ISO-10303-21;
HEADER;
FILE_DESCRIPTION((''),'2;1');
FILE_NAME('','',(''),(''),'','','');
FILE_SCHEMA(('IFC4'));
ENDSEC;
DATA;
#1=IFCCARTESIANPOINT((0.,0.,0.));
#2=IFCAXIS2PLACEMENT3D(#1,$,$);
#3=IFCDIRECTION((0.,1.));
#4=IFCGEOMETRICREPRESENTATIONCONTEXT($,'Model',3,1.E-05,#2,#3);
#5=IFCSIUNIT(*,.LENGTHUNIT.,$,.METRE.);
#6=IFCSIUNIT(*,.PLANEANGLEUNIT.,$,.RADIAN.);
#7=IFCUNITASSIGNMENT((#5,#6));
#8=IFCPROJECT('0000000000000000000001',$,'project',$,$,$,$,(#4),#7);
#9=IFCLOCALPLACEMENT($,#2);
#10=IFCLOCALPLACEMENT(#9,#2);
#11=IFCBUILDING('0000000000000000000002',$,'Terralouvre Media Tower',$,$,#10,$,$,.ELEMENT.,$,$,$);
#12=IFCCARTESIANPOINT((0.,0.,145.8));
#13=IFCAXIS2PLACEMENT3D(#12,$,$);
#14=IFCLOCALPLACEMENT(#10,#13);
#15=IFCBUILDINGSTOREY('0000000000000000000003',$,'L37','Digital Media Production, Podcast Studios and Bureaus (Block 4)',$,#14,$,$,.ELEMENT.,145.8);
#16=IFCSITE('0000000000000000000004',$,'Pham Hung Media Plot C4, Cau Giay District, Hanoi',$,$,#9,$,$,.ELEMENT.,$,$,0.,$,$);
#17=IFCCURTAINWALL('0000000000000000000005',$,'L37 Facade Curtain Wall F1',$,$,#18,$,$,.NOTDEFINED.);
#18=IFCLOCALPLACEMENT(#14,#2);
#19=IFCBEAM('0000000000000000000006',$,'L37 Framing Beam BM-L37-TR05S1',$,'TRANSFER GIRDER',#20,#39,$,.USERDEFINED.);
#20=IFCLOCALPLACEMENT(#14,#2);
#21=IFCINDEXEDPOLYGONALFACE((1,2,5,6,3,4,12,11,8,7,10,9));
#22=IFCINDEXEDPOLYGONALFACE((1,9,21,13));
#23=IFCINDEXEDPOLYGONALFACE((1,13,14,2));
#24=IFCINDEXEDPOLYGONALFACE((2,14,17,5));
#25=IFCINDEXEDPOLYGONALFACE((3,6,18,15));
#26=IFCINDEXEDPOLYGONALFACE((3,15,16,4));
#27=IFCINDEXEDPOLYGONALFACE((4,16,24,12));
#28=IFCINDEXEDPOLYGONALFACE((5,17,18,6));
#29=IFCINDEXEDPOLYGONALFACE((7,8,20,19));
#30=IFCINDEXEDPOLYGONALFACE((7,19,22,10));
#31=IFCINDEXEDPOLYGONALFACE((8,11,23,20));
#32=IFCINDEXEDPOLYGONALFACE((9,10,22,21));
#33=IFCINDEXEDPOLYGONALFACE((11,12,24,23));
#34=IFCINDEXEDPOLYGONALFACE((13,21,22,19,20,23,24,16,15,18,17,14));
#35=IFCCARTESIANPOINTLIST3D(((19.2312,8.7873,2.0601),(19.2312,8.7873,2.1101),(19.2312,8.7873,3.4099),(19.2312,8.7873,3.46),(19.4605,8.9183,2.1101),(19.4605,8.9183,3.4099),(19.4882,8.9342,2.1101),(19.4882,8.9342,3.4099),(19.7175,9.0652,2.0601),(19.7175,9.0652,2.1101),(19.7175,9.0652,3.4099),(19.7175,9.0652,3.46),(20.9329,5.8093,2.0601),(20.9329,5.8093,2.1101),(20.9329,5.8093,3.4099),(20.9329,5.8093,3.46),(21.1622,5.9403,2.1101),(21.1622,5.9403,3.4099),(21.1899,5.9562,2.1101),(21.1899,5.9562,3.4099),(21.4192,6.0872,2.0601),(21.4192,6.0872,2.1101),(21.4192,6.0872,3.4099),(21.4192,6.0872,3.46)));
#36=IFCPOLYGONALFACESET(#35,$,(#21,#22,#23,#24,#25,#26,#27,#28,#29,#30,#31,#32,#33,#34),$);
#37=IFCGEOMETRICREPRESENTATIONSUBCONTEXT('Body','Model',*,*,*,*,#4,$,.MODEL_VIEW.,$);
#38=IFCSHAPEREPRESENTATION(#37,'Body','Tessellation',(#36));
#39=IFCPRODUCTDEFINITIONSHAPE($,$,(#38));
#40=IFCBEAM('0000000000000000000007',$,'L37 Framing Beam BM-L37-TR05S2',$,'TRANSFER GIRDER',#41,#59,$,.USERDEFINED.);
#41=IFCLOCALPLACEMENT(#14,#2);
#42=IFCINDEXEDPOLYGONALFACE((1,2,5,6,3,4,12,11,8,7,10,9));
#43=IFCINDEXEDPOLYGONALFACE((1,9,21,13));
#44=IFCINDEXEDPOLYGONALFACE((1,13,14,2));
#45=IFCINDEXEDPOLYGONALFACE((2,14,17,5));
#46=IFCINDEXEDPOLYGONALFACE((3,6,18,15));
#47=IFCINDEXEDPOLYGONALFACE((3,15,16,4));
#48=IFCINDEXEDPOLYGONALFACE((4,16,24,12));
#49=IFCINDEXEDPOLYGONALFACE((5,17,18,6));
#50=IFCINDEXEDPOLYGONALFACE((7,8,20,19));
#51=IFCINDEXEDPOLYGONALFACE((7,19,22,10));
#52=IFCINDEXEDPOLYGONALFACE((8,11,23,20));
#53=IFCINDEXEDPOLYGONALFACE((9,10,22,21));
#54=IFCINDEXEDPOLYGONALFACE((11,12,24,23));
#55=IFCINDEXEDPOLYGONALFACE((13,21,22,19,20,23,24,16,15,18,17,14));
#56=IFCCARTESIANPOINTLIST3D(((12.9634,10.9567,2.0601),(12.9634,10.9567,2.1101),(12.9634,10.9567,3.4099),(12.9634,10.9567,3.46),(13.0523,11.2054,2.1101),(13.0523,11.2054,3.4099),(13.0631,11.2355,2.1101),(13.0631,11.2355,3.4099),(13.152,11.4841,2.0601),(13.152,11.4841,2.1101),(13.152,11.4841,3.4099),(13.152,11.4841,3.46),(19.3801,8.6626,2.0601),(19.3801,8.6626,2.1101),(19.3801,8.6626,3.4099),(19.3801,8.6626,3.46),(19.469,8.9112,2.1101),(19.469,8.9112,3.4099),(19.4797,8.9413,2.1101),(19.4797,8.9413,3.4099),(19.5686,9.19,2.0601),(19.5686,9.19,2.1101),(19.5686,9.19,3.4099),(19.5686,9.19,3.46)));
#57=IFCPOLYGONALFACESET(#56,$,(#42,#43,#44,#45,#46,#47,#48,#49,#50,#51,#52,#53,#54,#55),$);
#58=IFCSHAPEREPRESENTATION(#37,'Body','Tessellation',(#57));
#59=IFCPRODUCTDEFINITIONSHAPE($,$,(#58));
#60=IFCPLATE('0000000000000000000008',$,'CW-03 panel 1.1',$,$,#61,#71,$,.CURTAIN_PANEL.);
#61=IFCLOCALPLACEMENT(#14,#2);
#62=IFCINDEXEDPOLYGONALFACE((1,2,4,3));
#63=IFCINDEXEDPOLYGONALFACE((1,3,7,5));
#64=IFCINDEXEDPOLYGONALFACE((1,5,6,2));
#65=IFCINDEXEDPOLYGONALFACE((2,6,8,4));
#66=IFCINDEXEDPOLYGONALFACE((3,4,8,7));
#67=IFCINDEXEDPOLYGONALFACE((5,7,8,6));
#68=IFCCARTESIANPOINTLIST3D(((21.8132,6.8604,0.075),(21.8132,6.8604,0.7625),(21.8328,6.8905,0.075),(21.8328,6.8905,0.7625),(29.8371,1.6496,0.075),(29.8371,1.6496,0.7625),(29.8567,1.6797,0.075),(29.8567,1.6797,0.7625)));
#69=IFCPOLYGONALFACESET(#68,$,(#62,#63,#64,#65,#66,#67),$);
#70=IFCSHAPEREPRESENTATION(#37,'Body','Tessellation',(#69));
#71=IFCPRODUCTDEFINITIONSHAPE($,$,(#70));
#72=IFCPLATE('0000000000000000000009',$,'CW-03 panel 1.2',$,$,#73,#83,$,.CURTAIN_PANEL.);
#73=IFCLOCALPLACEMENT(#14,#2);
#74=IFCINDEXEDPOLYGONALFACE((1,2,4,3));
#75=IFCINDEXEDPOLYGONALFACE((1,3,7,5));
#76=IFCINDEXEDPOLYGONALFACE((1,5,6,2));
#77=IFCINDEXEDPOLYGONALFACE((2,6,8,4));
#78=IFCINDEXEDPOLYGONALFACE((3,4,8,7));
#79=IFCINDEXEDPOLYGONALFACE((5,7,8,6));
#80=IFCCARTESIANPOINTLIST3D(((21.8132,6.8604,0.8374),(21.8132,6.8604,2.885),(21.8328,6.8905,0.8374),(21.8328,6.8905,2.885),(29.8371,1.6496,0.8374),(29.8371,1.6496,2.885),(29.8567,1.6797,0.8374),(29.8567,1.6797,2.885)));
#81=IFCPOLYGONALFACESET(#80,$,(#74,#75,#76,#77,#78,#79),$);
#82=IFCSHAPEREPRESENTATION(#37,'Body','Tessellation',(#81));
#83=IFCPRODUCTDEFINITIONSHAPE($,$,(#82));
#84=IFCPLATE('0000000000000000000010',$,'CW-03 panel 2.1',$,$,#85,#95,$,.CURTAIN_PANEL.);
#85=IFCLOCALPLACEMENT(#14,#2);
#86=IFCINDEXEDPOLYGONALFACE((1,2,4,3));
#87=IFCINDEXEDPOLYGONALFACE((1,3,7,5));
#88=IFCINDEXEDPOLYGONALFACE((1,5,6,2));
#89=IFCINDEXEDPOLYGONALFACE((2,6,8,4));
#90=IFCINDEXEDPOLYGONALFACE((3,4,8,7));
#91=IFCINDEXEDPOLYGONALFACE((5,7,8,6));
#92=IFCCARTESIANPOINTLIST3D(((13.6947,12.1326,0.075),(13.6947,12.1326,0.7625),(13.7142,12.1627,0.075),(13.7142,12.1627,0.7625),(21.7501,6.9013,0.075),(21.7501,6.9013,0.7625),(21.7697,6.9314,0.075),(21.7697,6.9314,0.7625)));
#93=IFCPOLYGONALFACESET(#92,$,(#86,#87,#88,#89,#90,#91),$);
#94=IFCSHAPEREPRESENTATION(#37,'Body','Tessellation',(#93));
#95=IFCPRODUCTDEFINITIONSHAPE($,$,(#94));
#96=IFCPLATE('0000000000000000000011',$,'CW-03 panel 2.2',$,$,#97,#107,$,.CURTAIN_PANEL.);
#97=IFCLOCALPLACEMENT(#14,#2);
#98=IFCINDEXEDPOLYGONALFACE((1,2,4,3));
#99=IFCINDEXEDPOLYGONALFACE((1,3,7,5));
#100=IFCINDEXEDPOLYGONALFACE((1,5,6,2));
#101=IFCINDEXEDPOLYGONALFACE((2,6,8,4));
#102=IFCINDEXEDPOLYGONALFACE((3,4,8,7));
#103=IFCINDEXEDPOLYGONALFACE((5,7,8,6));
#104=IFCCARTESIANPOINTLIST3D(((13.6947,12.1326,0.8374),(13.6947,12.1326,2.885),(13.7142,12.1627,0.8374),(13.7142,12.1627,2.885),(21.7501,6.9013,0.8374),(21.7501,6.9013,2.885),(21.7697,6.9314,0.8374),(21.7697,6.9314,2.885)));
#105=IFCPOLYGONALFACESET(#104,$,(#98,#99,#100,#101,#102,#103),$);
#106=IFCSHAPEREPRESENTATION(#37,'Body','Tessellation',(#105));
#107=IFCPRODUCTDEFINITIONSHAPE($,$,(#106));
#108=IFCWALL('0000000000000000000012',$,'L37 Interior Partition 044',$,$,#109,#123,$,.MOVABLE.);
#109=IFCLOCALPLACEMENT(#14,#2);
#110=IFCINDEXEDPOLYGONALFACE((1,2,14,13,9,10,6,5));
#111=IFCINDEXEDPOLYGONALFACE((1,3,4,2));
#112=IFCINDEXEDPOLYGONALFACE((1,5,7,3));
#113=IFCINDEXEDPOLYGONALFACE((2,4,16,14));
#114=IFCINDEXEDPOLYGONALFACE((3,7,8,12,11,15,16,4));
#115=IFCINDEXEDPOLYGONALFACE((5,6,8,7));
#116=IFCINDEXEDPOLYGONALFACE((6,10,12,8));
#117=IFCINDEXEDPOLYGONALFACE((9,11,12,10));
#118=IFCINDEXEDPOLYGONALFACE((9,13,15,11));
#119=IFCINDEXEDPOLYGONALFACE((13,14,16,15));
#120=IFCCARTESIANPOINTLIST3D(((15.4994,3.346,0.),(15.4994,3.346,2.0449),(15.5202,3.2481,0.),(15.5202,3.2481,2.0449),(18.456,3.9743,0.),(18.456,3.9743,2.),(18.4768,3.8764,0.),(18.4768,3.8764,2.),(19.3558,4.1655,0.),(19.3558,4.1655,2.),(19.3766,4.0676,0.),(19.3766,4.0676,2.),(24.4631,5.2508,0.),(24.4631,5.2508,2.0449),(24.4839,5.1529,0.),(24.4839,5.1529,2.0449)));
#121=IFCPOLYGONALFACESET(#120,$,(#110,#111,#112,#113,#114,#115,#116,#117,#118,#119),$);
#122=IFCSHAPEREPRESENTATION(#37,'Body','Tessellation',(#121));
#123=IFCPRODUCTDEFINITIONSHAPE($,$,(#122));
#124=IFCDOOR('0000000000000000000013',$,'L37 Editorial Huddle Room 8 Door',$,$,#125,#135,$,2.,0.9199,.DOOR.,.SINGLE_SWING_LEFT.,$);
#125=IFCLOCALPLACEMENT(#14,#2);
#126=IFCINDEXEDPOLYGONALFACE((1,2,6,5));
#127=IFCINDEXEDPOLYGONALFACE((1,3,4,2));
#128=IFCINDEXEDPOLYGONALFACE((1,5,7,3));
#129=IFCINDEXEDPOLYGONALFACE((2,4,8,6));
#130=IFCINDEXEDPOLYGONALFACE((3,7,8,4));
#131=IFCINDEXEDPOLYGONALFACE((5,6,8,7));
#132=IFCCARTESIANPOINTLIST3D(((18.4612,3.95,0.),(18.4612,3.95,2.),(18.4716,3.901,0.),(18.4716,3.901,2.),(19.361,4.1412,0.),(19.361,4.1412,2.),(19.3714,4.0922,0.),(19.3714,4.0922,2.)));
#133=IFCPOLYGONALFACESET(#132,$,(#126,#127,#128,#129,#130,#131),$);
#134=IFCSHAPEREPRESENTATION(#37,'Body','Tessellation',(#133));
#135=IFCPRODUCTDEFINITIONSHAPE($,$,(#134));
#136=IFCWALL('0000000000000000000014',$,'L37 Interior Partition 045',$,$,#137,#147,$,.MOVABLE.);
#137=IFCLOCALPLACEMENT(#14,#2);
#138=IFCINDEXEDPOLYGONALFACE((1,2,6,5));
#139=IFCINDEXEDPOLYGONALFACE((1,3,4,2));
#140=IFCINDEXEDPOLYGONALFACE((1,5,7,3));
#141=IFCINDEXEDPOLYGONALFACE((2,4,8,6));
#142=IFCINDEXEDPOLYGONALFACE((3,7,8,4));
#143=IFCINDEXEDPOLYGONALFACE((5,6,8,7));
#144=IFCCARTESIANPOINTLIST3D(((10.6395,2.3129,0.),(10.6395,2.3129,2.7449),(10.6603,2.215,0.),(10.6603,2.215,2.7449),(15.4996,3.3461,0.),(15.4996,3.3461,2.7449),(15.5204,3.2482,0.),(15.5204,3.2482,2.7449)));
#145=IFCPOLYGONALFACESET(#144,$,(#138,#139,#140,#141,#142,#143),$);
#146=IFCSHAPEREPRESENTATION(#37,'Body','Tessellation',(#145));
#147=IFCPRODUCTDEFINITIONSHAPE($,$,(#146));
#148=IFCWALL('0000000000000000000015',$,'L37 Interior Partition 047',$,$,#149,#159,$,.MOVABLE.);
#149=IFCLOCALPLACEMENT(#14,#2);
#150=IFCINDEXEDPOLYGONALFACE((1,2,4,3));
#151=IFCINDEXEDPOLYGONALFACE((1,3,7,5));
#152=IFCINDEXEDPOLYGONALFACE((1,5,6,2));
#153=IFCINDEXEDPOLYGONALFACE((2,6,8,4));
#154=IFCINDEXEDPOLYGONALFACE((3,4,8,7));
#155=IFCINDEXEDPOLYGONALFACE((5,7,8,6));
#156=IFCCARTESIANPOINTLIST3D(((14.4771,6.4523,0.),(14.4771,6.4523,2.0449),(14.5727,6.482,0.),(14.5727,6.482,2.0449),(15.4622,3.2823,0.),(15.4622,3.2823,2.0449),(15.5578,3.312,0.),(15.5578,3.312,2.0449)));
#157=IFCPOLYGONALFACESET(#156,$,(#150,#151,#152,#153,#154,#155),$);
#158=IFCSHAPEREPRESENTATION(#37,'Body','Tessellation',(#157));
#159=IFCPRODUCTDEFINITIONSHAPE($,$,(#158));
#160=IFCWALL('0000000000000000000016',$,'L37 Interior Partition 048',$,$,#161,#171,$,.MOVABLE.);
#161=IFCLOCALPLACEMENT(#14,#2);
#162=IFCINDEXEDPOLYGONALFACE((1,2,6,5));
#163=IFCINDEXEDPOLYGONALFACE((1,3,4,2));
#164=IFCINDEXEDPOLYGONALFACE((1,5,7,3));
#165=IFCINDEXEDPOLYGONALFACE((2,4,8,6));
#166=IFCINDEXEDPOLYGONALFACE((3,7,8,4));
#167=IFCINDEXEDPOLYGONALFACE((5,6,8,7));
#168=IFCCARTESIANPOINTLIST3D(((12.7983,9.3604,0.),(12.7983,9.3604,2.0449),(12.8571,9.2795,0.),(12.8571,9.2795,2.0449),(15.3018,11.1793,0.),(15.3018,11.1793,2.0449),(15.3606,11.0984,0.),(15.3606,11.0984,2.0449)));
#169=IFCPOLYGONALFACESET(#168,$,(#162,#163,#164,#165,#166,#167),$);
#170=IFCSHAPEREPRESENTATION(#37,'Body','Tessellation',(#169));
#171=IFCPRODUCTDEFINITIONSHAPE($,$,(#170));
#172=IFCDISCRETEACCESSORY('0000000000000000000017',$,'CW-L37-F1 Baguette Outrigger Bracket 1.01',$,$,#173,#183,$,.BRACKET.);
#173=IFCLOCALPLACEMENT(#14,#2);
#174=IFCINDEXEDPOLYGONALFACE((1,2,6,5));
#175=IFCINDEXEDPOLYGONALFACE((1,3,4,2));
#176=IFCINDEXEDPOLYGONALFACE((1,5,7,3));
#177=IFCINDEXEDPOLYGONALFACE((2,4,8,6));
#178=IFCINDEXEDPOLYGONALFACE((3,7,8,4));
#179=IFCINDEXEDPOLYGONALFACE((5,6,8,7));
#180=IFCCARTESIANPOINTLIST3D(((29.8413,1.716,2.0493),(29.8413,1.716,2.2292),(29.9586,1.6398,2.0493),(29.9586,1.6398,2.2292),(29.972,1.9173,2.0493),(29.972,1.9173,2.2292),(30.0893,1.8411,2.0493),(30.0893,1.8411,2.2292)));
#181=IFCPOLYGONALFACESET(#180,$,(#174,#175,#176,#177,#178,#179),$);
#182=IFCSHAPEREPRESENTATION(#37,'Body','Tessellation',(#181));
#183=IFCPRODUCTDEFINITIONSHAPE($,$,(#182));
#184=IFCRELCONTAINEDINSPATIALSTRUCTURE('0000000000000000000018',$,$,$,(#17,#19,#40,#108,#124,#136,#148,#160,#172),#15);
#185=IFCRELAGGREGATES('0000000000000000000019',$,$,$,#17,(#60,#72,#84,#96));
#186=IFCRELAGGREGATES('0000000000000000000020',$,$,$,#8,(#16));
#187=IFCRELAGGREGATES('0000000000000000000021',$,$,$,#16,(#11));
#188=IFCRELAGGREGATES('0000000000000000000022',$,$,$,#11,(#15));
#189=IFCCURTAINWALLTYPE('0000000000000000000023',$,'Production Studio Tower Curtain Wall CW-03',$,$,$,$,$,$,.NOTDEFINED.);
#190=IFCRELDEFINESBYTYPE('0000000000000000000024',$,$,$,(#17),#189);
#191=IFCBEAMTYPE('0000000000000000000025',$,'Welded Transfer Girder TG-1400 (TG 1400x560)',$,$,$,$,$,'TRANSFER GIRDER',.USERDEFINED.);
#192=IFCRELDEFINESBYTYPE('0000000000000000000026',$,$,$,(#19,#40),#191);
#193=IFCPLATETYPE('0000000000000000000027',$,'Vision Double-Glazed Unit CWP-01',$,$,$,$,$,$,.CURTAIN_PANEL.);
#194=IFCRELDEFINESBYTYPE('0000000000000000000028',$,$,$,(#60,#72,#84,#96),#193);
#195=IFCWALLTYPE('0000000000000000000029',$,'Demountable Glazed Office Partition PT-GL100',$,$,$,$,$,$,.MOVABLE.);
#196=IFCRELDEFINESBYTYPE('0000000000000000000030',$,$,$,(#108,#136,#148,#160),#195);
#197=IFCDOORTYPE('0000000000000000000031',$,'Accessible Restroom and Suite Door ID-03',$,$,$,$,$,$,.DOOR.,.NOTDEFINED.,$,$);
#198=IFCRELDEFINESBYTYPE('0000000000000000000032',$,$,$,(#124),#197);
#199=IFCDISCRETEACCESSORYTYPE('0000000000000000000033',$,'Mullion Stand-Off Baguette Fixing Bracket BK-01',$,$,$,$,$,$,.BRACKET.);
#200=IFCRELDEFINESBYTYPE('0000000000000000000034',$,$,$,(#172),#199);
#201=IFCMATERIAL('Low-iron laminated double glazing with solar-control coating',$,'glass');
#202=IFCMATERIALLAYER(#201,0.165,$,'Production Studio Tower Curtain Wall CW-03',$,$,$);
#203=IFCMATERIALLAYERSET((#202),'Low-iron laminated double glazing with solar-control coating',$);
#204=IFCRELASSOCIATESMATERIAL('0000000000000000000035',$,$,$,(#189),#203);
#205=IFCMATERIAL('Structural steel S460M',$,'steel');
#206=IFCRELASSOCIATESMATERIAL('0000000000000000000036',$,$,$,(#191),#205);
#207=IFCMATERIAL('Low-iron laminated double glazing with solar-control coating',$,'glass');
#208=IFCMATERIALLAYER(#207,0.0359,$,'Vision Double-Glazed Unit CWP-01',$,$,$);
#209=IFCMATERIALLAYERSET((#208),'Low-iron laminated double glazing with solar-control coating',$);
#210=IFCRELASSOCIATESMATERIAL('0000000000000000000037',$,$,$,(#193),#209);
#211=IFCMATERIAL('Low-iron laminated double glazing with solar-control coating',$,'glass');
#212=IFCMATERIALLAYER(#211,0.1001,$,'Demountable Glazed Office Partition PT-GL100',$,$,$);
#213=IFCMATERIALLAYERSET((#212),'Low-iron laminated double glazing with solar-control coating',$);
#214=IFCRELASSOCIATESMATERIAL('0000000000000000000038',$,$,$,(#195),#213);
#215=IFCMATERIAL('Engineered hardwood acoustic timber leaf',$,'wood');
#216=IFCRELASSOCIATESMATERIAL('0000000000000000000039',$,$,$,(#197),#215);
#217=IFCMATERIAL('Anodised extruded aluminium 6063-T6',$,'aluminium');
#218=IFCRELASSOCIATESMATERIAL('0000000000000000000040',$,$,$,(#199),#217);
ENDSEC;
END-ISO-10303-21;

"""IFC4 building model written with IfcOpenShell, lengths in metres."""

from ifc_helpers import new_model, si_unit, direction, frame, frame_2d, origin, origin_2d, place, context, subcontext, project, spatial, rectangle, i_section, extrude, material, layer, layer_set, material_profile, profile_set, type_object, element, fill, aggregate, save


model = new_model("IFC4")

# Units and contexts
model_context = context("Model", 3, precision=1e-05, world=origin(), true_north=direction((0.0, 1.0)))
body_context = subcontext(model_context, "Body", "Model", "MODEL_VIEW")
ifc_project = project(units=[si_unit("LENGTHUNIT", "METRE"), si_unit("PLANEANGLEUNIT", "RADIAN")], contexts=[model_context])

# Site, building, storey
site_placement = place(None, origin())
site = spatial("IfcSite", under=ifc_project, at=site_placement, Name="Pham Hung Media Plot C4, Cau Giay District, Hanoi", CompositionType="ELEMENT", RefElevation=0.0)
building_placement = place(site_placement, origin())
building = spatial("IfcBuilding", under=site, at=building_placement, Name="Terralouvre Media Tower", CompositionType="ELEMENT")
storey_placement = place(building_placement, frame((0.0, 0.0, 145.8)))
storey = spatial("IfcBuildingStorey", under=building, at=storey_placement, Name="L37", Description="Digital Media Production, Podcast Studios and Bureaus (Block 4)", CompositionType="ELEMENT", Elevation=145.8)

# Curtain wall
ifc_material_1 = material(Name="Low-iron laminated double glazing with solar-control coating", Category="glass")
ifc_layer_1 = layer(ifc_material_1, 0.165, Name="Production Studio Tower Curtain Wall CW-03")
ifc_layer_set_1 = layer_set([ifc_layer_1], Name="Low-iron laminated double glazing with solar-control coating")
curtain_wall_type_1 = type_object("IfcCurtainWallType", Name="Production Studio Tower Curtain Wall CW-03", PredefinedType="NOTDEFINED", material=ifc_layer_set_1)
curtain_wall_1_placement = place(storey_placement, origin())
curtain_wall_1 = element("IfcCurtainWall", 1, at=curtain_wall_1_placement, inside=storey, type_object=curtain_wall_type_1, Name="L37 Facade Curtain Wall F1", PredefinedType="NOTDEFINED")

# Beams
ifc_material_2 = material(Name="Structural steel S460M", Category="steel")
ifc_material_profile_1 = material_profile(ifc_material_2, i_section(OverallWidth=0.5601, OverallDepth=1.3999, WebThickness=0.032, FlangeThickness=0.05, at=origin_2d()), Name="TG 1400x560")
ifc_profile_set_1 = profile_set([ifc_material_profile_1], Name="Structural steel S460M")
beam_type_1 = type_object("IfcBeamType", Name="Welded Transfer Girder TG-1400 (TG 1400x560)", ElementType="TRANSFER GIRDER", PredefinedType="USERDEFINED", material=ifc_profile_set_1)
beam_1_placement = place(storey_placement, frame((19.4744, 8.9263, 2.76), z_axis=(0.496124, -0.868252, 0.0), x_axis=(0.868252, 0.496124, 0.0)))
element("IfcBeam", 2, at=beam_1_placement, inside=storey, type_object=beam_type_1, Name="L37 Framing Beam BM-L37-TR05S1", ObjectType="TRANSFER GIRDER", PredefinedType="USERDEFINED", context=body_context, shape_type="SweptSolid", body=[
    extrude(i_section(OverallWidth=0.5601, OverallDepth=1.3999, WebThickness=0.032, FlangeThickness=0.05, at=origin_2d()), origin(), (0.0, 0.0, 1.0), 3.4299),
])
beam_2_placement = place(storey_placement, frame((19.4744, 8.9263, 2.76), z_axis=(-0.941626, 0.336661, 0.0), x_axis=(-0.336661, -0.941626, 0.0)))
element("IfcBeam", 3, at=beam_2_placement, inside=storey, type_object=beam_type_1, Name="L37 Framing Beam BM-L37-TR05S2", ObjectType="TRANSFER GIRDER", PredefinedType="USERDEFINED", context=body_context, shape_type="SweptSolid", body=[
    extrude(i_section(OverallWidth=0.5601, OverallDepth=1.3999, WebThickness=0.032, FlangeThickness=0.05, at=origin_2d()), origin(), (0.0, 0.0, 1.0), 6.8145),
])

# Plates
ifc_material_3 = material(Name="Low-iron laminated double glazing with solar-control coating", Category="glass")
ifc_layer_2 = layer(ifc_material_3, 0.0359, Name="Vision Double-Glazed Unit CWP-01")
ifc_layer_set_2 = layer_set([ifc_layer_2], Name="Low-iron laminated double glazing with solar-control coating")
plate_type = type_object("IfcPlateType", Name="Vision Double-Glazed Unit CWP-01", PredefinedType="CURTAIN_PANEL", material=ifc_layer_set_2)
plate_1_placement = place(storey_placement, frame((25.835, 4.27, 0.075), z_axis=(0.0, 0.0, 1.0), x_axis=(-0.838671, 0.544639, 0.0)))
plate_1 = element("IfcPlate", 4, at=plate_1_placement, type_object=plate_type, Name="CW-03 panel 1.1", PredefinedType="CURTAIN_PANEL", context=body_context, shape_type="SweptSolid", body=[
    extrude(rectangle(XDim=9.5674, YDim=0.0359, at=origin_2d()), origin(), (0.0, 0.0, 1.0), 0.6875),
])
plate_2_placement = place(storey_placement, frame((25.835, 4.27, 0.8374), z_axis=(0.0, 0.0, 1.0), x_axis=(-0.838671, 0.544639, 0.0)))
plate_2 = element("IfcPlate", 5, at=plate_2_placement, type_object=plate_type, Name="CW-03 panel 1.2", PredefinedType="CURTAIN_PANEL", context=body_context, shape_type="SweptSolid", body=[
    extrude(rectangle(XDim=9.5674, YDim=0.0359, at=origin_2d()), origin(), (0.0, 0.0, 1.0), 2.0476),
])
plate_3_placement = place(storey_placement, frame((17.7322, 9.532, 0.075), z_axis=(0.0, 0.0, 1.0), x_axis=(-0.838671, 0.544639, 0.0)))
plate_3 = element("IfcPlate", 6, at=plate_3_placement, type_object=plate_type, Name="CW-03 panel 2.1", PredefinedType="CURTAIN_PANEL", context=body_context, shape_type="SweptSolid", body=[
    extrude(rectangle(XDim=9.605, YDim=0.0359, at=origin_2d()), origin(), (0.0, 0.0, 1.0), 0.6875),
])
plate_4_placement = place(storey_placement, frame((17.7322, 9.532, 0.8374), z_axis=(0.0, 0.0, 1.0), x_axis=(-0.838671, 0.544639, 0.0)))
plate_4 = element("IfcPlate", 7, at=plate_4_placement, type_object=plate_type, Name="CW-03 panel 2.2", PredefinedType="CURTAIN_PANEL", context=body_context, shape_type="SweptSolid", body=[
    extrude(rectangle(XDim=9.605, YDim=0.0359, at=origin_2d()), origin(), (0.0, 0.0, 1.0), 2.0476),
])
aggregate(curtain_wall_1, [plate_1, plate_2, plate_3, plate_4])

# Wall, opening, door
ifc_material_4 = material(Name="Low-iron laminated double glazing with solar-control coating", Category="glass")
ifc_layer_3 = layer(ifc_material_4, 0.1001, Name="Demountable Glazed Office Partition PT-GL100")
ifc_layer_set_3 = layer_set([ifc_layer_3], Name="Low-iron laminated double glazing with solar-control coating")
wall_type = type_object("IfcWallType", Name="Demountable Glazed Office Partition PT-GL100", PredefinedType="MOVABLE", material=ifc_layer_set_3)
wall_1_placement = place(storey_placement, frame((24.4736, 5.2019, 0.0), z_axis=(0.0, 0.0, 1.0), x_axis=(-0.978159, -0.20786, 0.0)))
wall_1 = element("IfcWall", 8, at=wall_1_placement, inside=storey, type_object=wall_type, Name="L37 Interior Partition 044", PredefinedType="MOVABLE", context=body_context, shape_type="SweptSolid", body=[
    extrude(rectangle(XDim=9.1638, YDim=0.1001, at=frame_2d((4.582, 0.0))), origin(), (0.0, 0.0, 1.0), 2.0449),
])
opening_placement = place(wall_1_placement, frame((5.2214, 0.0, 0.0)))
opening = element("IfcOpeningElement", 9, at=opening_placement, cuts=wall_1, PredefinedType="OPENING", context=body_context, shape_type="SweptSolid", body=[
    extrude(rectangle(XDim=0.9199, YDim=2.0, at=frame_2d((0.46, 1.0))), frame((0.0, 0.0601, 0.0), z_axis=(0.0, -1.0, 0.0), x_axis=(1.0, 0.0, 0.0)), (0.0, 0.0, 1.0), 0.1201),
])
ifc_material_5 = material(Name="Engineered hardwood acoustic timber leaf", Category="wood")
door_type = type_object("IfcDoorType", Name="Accessible Restroom and Suite Door ID-03", OperationType="NOTDEFINED", PredefinedType="DOOR", material=ifc_material_5)
door_placement = place(opening_placement, origin())
door = element("IfcDoor", 10, at=door_placement, inside=storey, type_object=door_type, Name="L37 Editorial Huddle Room 8 Door", OperationType="SINGLE_SWING_LEFT", OverallHeight=2.0, OverallWidth=0.9199, PredefinedType="DOOR", context=body_context, shape_type="SweptSolid", body=[
    extrude(rectangle(XDim=0.9199, YDim=2.0, at=frame_2d((0.46, 1.0))), frame((0.0, 0.0249, 0.0), z_axis=(0.0, -1.0, 0.0), x_axis=(1.0, 0.0, 0.0)), (0.0, 0.0, 1.0), 0.05),
])
fill(opening, door)

# Walls
wall_2_placement = place(storey_placement, frame((15.51, 3.2971, 0.0), z_axis=(0.0, 0.0, 1.0), x_axis=(-0.978141, -0.207942, 0.0)))
element("IfcWall", 11, at=wall_2_placement, inside=storey, type_object=wall_type, Name="L37 Interior Partition 045", PredefinedType="MOVABLE", context=body_context, shape_type="SweptSolid", body=[
    extrude(rectangle(XDim=4.9688, YDim=0.1001, at=frame_2d((2.4844, 0.0))), origin(), (0.0, 0.0, 1.0), 2.7449),
])
wall_3_placement = place(storey_placement, frame((14.5249, 6.467, 0.0), z_axis=(0.0, 0.0, 1.0), x_axis=(0.296767, -0.95495, 0.0)))
element("IfcWall", 12, at=wall_3_placement, inside=storey, type_object=wall_type, Name="L37 Interior Partition 047", PredefinedType="MOVABLE", context=body_context, shape_type="SweptSolid", body=[
    extrude(rectangle(XDim=3.3196, YDim=0.1001, at=frame_2d((1.6597, 0.0))), origin(), (0.0, 0.0, 1.0), 2.0449),
])
wall_4_placement = place(storey_placement, frame((15.3313, 11.1389, 0.0), z_axis=(0.0, 0.0, 1.0), x_axis=(-0.809016, -0.587787, 0.0)))
element("IfcWall", 13, at=wall_4_placement, inside=storey, type_object=wall_type, Name="L37 Interior Partition 048", PredefinedType="MOVABLE", context=body_context, shape_type="SweptSolid", body=[
    extrude(rectangle(XDim=3.0945, YDim=0.1001, at=frame_2d((1.5474, 0.0))), origin(), (0.0, 0.0, 1.0), 2.0449),
])

# Discrete accessory
ifc_material_6 = material(Name="Anodised extruded aluminium 6063-T6", Category="aluminium")
discrete_accessory_type = type_object("IfcDiscreteAccessoryType", Name="Mullion Stand-Off Baguette Fixing Bracket BK-01", PredefinedType="BRACKET", material=ifc_material_6)
for number, where, z_axis, x_axis, name in (
    (14, (29.9653, 1.7786, 2.0493), (0.0, 0.0, 1.0), (-0.838671, 0.544639, 0.0), "CW-L37-F1 Baguette Outrigger Bracket 1.01"),
):
    element("IfcDiscreteAccessory", number, at=place(storey_placement, frame(where, z_axis=z_axis, x_axis=x_axis)), inside=storey, type_object=discrete_accessory_type, Name=name, PredefinedType="BRACKET", context=body_context, shape_type="SweptSolid", body=[
        extrude(rectangle(XDim=0.1399, YDim=0.24, at=origin_2d()), origin(), (0.0, 0.0, 1.0), 0.1799),
    ])

save(model, "model.ifc")
